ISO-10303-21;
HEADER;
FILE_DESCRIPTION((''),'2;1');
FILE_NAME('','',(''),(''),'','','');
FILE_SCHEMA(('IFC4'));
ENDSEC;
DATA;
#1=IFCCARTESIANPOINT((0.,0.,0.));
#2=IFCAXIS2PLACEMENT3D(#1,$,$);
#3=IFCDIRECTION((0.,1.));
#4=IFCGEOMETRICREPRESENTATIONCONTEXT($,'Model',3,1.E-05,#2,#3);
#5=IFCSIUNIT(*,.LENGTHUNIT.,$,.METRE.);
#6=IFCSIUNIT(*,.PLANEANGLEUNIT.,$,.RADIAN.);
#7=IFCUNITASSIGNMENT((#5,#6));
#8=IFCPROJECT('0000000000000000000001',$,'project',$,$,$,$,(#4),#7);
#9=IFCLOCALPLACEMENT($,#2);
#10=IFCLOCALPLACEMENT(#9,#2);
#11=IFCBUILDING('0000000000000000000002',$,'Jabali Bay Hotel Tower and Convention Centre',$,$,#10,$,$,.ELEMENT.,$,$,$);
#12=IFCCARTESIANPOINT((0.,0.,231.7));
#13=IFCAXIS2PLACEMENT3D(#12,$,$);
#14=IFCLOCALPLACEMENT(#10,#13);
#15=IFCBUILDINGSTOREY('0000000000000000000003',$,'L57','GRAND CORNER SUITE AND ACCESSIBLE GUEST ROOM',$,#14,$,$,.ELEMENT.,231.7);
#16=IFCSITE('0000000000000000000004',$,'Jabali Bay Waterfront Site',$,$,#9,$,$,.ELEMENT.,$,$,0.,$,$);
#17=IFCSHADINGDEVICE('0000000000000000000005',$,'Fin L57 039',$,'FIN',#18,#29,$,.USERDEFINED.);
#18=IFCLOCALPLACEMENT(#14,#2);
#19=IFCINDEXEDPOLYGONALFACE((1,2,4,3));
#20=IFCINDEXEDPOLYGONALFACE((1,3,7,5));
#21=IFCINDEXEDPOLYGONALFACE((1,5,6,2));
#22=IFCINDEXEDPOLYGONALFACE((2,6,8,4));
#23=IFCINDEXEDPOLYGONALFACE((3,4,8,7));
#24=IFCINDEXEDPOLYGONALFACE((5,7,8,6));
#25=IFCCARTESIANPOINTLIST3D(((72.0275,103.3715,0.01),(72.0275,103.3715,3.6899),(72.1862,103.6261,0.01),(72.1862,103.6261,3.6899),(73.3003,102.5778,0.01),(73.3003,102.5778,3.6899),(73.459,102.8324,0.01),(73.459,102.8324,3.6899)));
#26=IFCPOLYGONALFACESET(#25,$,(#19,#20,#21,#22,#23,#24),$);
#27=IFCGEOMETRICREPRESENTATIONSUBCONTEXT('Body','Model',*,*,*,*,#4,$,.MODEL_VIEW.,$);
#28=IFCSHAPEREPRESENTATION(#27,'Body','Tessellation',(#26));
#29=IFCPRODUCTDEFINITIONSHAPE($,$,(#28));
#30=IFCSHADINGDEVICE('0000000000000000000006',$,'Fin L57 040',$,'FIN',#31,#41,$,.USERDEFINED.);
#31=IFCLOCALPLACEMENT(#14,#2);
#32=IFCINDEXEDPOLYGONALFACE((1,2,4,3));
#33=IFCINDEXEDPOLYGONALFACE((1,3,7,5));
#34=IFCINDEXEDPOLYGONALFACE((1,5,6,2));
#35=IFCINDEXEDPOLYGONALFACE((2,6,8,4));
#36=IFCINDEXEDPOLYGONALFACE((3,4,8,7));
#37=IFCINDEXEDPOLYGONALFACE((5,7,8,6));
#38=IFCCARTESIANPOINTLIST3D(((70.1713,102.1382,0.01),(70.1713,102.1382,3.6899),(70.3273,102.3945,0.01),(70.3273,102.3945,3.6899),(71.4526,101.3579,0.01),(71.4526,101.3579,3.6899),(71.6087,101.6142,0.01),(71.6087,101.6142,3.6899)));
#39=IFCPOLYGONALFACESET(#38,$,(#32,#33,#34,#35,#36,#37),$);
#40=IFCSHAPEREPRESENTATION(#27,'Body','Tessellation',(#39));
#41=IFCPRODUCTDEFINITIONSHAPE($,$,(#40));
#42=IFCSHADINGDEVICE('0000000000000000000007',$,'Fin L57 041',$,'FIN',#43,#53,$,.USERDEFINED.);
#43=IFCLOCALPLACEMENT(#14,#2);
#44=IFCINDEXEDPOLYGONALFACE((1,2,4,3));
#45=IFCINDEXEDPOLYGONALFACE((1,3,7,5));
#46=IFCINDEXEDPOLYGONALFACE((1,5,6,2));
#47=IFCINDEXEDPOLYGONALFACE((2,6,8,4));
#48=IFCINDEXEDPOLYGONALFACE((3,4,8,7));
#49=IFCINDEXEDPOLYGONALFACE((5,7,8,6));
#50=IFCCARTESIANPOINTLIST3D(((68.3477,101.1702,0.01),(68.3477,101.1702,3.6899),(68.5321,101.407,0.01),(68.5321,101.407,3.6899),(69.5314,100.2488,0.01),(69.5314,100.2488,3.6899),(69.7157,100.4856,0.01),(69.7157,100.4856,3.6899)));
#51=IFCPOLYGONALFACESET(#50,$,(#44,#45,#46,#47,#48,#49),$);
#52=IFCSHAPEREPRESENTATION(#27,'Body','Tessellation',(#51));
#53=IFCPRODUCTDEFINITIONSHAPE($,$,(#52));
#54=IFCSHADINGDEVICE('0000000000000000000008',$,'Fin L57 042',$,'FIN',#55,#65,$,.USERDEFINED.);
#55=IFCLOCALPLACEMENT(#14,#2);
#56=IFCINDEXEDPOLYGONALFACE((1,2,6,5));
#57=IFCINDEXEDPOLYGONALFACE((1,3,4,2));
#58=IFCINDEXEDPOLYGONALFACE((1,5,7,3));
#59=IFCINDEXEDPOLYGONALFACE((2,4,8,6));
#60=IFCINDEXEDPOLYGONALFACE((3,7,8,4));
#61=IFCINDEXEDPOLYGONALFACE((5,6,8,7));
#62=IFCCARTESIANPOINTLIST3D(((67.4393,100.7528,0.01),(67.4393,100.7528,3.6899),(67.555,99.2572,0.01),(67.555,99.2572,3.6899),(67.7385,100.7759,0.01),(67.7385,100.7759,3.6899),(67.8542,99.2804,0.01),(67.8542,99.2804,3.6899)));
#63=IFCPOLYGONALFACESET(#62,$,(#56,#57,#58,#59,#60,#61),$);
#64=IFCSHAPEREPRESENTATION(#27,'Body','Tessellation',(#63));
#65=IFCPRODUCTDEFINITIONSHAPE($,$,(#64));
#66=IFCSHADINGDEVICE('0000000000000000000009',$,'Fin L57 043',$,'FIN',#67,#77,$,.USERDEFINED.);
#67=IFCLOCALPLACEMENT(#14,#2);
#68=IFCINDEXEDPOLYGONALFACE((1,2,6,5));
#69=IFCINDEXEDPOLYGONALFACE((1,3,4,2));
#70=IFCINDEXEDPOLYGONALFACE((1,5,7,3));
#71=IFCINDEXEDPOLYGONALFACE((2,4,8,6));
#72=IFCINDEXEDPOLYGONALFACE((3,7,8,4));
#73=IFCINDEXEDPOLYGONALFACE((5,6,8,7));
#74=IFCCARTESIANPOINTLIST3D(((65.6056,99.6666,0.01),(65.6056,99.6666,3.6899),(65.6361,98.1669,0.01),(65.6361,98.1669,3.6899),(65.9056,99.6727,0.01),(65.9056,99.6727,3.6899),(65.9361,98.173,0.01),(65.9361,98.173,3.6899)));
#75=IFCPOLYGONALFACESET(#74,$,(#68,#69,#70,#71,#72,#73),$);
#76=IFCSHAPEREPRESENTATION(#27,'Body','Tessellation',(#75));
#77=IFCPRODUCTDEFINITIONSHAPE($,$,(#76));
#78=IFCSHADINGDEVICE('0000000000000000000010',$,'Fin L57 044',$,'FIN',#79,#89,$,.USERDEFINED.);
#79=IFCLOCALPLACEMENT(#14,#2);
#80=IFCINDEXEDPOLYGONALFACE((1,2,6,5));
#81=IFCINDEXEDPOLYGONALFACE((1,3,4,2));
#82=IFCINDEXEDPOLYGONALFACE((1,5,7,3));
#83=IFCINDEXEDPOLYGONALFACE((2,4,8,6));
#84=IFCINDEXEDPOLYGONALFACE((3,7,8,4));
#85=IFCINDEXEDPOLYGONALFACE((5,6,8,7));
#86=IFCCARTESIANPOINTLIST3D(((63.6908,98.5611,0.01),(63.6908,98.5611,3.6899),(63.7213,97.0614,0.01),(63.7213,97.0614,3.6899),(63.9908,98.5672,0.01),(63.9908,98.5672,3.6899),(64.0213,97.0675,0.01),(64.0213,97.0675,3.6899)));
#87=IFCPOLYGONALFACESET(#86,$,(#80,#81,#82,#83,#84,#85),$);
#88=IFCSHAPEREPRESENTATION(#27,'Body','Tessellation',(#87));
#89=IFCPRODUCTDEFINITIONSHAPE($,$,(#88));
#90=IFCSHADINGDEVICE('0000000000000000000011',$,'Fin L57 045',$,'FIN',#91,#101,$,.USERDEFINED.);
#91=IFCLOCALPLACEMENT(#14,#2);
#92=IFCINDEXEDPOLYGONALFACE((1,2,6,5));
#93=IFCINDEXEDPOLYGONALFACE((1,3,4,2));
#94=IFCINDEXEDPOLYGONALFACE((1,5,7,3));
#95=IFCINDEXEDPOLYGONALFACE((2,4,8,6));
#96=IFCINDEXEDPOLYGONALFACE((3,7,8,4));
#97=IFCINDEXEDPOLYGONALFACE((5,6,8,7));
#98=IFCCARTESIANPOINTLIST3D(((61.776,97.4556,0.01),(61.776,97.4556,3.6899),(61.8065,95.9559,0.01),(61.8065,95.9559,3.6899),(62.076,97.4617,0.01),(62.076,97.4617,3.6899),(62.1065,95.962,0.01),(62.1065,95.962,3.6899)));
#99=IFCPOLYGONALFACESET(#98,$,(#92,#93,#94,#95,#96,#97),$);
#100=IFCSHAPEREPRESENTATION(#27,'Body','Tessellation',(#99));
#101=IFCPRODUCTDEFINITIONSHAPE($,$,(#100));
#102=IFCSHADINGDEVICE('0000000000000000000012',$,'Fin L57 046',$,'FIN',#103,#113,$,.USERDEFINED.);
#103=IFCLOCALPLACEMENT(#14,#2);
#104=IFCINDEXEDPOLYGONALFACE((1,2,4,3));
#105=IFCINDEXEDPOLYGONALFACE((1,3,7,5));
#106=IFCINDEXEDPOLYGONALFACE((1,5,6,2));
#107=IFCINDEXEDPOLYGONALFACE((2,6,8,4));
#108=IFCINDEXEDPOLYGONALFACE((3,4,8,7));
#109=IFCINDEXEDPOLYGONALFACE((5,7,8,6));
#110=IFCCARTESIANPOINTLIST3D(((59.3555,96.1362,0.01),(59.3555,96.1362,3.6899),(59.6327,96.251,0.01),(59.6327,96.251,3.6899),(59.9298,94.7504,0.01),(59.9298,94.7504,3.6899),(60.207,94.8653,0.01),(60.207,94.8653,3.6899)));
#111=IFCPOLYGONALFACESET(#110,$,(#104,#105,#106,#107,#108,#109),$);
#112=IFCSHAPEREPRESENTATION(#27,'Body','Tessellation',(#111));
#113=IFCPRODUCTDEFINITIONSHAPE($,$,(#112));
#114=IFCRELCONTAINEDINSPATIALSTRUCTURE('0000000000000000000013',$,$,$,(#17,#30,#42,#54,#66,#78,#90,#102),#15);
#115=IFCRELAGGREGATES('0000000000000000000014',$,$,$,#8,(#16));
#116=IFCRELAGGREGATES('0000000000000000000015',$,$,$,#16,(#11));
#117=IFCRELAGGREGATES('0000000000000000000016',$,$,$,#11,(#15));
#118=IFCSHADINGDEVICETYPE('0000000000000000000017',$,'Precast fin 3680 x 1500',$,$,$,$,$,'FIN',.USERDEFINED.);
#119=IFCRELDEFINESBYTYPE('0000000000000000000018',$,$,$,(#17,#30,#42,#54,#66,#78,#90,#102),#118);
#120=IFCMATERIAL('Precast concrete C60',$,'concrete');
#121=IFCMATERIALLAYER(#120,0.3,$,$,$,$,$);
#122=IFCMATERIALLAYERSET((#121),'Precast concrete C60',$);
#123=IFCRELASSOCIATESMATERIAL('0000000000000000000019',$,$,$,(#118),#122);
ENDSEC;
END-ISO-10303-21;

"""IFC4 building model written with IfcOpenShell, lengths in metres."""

from ifc_helpers import new_model, si_unit, direction, frame, frame_2d, origin, place, context, subcontext, project, spatial, rectangle, extrude, material, layer, layer_set, type_object, element, save


model = new_model("IFC4")

# Units and contexts
model_context = context("Model", 3, precision=1e-05, world=origin(), true_north=direction((0.0, 1.0)))
body_context = subcontext(model_context, "Body", "Model", "MODEL_VIEW")
ifc_project = project(units=[si_unit("LENGTHUNIT", "METRE"), si_unit("PLANEANGLEUNIT", "RADIAN")], contexts=[model_context])

# Site, building, storey
site_placement = place(None, origin())
site = spatial("IfcSite", under=ifc_project, at=site_placement, Name="Jabali Bay Waterfront Site", CompositionType="ELEMENT", RefElevation=0.0)
building_placement = place(site_placement, origin())
building = spatial("IfcBuilding", under=site, at=building_placement, Name="Jabali Bay Hotel Tower and Convention Centre", CompositionType="ELEMENT")
storey_placement = place(building_placement, frame((0.0, 0.0, 231.7)))
storey = spatial("IfcBuildingStorey", under=building, at=storey_placement, Name="L57", Description="GRAND CORNER SUITE AND ACCESSIBLE GUEST ROOM", CompositionType="ELEMENT", Elevation=231.7)

# Shading devices
ifc_material_1 = material(Name="Precast concrete C60", Category="concrete")
ifc_layer_1 = layer(ifc_material_1, 0.3)
ifc_layer_set_1 = layer_set([ifc_layer_1], Name="Precast concrete C60")
shading_device_type_1 = type_object("IfcShadingDeviceType", Name="Precast fin 3680 x 1500", ElementType="FIN", PredefinedType="USERDEFINED", material=ifc_layer_set_1)
for number, where, z_axis, x_axis, name in (
    (1, (73.3796, 102.7051, 0.01), (0.0, 0.0, 1.0), (-0.848519, 0.529165, 0.0), "Fin L57 039"),
):
    element("IfcShadingDevice", number, at=place(storey_placement, frame(where, z_axis=z_axis, x_axis=x_axis)), inside=storey, type_object=shading_device_type_1, Name=name, ObjectType="FIN", PredefinedType="USERDEFINED", context=body_context, shape_type="SweptSolid", body=[
        extrude(rectangle(XDim=1.5, YDim=0.3, at=frame_2d((0.75, 0.0))), origin(), (0.0, 0.0, 1.0), 3.6799),
    ])
shading_device_1_placement = place(storey_placement, frame((71.5305, 101.4861, 0.01), z_axis=(0.0, 0.0, 1.0), x_axis=(-0.854085, 0.520133, 0.0)))
element("IfcShadingDevice", 2, at=shading_device_1_placement, inside=storey, type_object=shading_device_type_1, Name="Fin L57 040", ObjectType="FIN", PredefinedType="USERDEFINED", context=body_context, shape_type="SweptSolid", body=[
    extrude(rectangle(XDim=1.5002, YDim=0.3, at=frame_2d((0.75, 0.0))), origin(), (0.0, 0.0, 1.0), 3.6799),
])
for number, where, z_axis, x_axis, name in (
    (3, (69.6235, 100.3672, 0.01), (0.0, 0.0, 1.0), (-0.789089, 0.614279, 0.0), "Fin L57 041"),
    (4, (67.7046, 99.2688, 0.01), (0.0, 0.0, 1.0), (-0.077145, 0.99702, 0.0), "Fin L57 042"),
    (5, (65.7861, 98.1699, 0.01), (0.0, 0.0, 1.0), (-0.020344, 0.999793, 0.0), "Fin L57 043"),
    (6, (63.8713, 97.0645, 0.01), (0.0, 0.0, 1.0), (-0.020344, 0.999793, 0.0), "Fin L57 044"),
    (7, (61.9565, 95.959, 0.01), (0.0, 0.0, 1.0), (-0.020344, 0.999793, 0.0), "Fin L57 045"),
    (8, (60.0684, 94.8079, 0.01), (0.0, 0.0, 1.0), (-0.382812, 0.923826, 0.0), "Fin L57 046"),
):
    element("IfcShadingDevice", number, at=place(storey_placement, frame(where, z_axis=z_axis, x_axis=x_axis)), inside=storey, type_object=shading_device_type_1, Name=name, ObjectType="FIN", PredefinedType="USERDEFINED", context=body_context, shape_type="SweptSolid", body=[
        extrude(rectangle(XDim=1.5, YDim=0.3, at=frame_2d((0.75, 0.0))), origin(), (0.0, 0.0, 1.0), 3.6799),
    ])

save(model, "model.ifc")
